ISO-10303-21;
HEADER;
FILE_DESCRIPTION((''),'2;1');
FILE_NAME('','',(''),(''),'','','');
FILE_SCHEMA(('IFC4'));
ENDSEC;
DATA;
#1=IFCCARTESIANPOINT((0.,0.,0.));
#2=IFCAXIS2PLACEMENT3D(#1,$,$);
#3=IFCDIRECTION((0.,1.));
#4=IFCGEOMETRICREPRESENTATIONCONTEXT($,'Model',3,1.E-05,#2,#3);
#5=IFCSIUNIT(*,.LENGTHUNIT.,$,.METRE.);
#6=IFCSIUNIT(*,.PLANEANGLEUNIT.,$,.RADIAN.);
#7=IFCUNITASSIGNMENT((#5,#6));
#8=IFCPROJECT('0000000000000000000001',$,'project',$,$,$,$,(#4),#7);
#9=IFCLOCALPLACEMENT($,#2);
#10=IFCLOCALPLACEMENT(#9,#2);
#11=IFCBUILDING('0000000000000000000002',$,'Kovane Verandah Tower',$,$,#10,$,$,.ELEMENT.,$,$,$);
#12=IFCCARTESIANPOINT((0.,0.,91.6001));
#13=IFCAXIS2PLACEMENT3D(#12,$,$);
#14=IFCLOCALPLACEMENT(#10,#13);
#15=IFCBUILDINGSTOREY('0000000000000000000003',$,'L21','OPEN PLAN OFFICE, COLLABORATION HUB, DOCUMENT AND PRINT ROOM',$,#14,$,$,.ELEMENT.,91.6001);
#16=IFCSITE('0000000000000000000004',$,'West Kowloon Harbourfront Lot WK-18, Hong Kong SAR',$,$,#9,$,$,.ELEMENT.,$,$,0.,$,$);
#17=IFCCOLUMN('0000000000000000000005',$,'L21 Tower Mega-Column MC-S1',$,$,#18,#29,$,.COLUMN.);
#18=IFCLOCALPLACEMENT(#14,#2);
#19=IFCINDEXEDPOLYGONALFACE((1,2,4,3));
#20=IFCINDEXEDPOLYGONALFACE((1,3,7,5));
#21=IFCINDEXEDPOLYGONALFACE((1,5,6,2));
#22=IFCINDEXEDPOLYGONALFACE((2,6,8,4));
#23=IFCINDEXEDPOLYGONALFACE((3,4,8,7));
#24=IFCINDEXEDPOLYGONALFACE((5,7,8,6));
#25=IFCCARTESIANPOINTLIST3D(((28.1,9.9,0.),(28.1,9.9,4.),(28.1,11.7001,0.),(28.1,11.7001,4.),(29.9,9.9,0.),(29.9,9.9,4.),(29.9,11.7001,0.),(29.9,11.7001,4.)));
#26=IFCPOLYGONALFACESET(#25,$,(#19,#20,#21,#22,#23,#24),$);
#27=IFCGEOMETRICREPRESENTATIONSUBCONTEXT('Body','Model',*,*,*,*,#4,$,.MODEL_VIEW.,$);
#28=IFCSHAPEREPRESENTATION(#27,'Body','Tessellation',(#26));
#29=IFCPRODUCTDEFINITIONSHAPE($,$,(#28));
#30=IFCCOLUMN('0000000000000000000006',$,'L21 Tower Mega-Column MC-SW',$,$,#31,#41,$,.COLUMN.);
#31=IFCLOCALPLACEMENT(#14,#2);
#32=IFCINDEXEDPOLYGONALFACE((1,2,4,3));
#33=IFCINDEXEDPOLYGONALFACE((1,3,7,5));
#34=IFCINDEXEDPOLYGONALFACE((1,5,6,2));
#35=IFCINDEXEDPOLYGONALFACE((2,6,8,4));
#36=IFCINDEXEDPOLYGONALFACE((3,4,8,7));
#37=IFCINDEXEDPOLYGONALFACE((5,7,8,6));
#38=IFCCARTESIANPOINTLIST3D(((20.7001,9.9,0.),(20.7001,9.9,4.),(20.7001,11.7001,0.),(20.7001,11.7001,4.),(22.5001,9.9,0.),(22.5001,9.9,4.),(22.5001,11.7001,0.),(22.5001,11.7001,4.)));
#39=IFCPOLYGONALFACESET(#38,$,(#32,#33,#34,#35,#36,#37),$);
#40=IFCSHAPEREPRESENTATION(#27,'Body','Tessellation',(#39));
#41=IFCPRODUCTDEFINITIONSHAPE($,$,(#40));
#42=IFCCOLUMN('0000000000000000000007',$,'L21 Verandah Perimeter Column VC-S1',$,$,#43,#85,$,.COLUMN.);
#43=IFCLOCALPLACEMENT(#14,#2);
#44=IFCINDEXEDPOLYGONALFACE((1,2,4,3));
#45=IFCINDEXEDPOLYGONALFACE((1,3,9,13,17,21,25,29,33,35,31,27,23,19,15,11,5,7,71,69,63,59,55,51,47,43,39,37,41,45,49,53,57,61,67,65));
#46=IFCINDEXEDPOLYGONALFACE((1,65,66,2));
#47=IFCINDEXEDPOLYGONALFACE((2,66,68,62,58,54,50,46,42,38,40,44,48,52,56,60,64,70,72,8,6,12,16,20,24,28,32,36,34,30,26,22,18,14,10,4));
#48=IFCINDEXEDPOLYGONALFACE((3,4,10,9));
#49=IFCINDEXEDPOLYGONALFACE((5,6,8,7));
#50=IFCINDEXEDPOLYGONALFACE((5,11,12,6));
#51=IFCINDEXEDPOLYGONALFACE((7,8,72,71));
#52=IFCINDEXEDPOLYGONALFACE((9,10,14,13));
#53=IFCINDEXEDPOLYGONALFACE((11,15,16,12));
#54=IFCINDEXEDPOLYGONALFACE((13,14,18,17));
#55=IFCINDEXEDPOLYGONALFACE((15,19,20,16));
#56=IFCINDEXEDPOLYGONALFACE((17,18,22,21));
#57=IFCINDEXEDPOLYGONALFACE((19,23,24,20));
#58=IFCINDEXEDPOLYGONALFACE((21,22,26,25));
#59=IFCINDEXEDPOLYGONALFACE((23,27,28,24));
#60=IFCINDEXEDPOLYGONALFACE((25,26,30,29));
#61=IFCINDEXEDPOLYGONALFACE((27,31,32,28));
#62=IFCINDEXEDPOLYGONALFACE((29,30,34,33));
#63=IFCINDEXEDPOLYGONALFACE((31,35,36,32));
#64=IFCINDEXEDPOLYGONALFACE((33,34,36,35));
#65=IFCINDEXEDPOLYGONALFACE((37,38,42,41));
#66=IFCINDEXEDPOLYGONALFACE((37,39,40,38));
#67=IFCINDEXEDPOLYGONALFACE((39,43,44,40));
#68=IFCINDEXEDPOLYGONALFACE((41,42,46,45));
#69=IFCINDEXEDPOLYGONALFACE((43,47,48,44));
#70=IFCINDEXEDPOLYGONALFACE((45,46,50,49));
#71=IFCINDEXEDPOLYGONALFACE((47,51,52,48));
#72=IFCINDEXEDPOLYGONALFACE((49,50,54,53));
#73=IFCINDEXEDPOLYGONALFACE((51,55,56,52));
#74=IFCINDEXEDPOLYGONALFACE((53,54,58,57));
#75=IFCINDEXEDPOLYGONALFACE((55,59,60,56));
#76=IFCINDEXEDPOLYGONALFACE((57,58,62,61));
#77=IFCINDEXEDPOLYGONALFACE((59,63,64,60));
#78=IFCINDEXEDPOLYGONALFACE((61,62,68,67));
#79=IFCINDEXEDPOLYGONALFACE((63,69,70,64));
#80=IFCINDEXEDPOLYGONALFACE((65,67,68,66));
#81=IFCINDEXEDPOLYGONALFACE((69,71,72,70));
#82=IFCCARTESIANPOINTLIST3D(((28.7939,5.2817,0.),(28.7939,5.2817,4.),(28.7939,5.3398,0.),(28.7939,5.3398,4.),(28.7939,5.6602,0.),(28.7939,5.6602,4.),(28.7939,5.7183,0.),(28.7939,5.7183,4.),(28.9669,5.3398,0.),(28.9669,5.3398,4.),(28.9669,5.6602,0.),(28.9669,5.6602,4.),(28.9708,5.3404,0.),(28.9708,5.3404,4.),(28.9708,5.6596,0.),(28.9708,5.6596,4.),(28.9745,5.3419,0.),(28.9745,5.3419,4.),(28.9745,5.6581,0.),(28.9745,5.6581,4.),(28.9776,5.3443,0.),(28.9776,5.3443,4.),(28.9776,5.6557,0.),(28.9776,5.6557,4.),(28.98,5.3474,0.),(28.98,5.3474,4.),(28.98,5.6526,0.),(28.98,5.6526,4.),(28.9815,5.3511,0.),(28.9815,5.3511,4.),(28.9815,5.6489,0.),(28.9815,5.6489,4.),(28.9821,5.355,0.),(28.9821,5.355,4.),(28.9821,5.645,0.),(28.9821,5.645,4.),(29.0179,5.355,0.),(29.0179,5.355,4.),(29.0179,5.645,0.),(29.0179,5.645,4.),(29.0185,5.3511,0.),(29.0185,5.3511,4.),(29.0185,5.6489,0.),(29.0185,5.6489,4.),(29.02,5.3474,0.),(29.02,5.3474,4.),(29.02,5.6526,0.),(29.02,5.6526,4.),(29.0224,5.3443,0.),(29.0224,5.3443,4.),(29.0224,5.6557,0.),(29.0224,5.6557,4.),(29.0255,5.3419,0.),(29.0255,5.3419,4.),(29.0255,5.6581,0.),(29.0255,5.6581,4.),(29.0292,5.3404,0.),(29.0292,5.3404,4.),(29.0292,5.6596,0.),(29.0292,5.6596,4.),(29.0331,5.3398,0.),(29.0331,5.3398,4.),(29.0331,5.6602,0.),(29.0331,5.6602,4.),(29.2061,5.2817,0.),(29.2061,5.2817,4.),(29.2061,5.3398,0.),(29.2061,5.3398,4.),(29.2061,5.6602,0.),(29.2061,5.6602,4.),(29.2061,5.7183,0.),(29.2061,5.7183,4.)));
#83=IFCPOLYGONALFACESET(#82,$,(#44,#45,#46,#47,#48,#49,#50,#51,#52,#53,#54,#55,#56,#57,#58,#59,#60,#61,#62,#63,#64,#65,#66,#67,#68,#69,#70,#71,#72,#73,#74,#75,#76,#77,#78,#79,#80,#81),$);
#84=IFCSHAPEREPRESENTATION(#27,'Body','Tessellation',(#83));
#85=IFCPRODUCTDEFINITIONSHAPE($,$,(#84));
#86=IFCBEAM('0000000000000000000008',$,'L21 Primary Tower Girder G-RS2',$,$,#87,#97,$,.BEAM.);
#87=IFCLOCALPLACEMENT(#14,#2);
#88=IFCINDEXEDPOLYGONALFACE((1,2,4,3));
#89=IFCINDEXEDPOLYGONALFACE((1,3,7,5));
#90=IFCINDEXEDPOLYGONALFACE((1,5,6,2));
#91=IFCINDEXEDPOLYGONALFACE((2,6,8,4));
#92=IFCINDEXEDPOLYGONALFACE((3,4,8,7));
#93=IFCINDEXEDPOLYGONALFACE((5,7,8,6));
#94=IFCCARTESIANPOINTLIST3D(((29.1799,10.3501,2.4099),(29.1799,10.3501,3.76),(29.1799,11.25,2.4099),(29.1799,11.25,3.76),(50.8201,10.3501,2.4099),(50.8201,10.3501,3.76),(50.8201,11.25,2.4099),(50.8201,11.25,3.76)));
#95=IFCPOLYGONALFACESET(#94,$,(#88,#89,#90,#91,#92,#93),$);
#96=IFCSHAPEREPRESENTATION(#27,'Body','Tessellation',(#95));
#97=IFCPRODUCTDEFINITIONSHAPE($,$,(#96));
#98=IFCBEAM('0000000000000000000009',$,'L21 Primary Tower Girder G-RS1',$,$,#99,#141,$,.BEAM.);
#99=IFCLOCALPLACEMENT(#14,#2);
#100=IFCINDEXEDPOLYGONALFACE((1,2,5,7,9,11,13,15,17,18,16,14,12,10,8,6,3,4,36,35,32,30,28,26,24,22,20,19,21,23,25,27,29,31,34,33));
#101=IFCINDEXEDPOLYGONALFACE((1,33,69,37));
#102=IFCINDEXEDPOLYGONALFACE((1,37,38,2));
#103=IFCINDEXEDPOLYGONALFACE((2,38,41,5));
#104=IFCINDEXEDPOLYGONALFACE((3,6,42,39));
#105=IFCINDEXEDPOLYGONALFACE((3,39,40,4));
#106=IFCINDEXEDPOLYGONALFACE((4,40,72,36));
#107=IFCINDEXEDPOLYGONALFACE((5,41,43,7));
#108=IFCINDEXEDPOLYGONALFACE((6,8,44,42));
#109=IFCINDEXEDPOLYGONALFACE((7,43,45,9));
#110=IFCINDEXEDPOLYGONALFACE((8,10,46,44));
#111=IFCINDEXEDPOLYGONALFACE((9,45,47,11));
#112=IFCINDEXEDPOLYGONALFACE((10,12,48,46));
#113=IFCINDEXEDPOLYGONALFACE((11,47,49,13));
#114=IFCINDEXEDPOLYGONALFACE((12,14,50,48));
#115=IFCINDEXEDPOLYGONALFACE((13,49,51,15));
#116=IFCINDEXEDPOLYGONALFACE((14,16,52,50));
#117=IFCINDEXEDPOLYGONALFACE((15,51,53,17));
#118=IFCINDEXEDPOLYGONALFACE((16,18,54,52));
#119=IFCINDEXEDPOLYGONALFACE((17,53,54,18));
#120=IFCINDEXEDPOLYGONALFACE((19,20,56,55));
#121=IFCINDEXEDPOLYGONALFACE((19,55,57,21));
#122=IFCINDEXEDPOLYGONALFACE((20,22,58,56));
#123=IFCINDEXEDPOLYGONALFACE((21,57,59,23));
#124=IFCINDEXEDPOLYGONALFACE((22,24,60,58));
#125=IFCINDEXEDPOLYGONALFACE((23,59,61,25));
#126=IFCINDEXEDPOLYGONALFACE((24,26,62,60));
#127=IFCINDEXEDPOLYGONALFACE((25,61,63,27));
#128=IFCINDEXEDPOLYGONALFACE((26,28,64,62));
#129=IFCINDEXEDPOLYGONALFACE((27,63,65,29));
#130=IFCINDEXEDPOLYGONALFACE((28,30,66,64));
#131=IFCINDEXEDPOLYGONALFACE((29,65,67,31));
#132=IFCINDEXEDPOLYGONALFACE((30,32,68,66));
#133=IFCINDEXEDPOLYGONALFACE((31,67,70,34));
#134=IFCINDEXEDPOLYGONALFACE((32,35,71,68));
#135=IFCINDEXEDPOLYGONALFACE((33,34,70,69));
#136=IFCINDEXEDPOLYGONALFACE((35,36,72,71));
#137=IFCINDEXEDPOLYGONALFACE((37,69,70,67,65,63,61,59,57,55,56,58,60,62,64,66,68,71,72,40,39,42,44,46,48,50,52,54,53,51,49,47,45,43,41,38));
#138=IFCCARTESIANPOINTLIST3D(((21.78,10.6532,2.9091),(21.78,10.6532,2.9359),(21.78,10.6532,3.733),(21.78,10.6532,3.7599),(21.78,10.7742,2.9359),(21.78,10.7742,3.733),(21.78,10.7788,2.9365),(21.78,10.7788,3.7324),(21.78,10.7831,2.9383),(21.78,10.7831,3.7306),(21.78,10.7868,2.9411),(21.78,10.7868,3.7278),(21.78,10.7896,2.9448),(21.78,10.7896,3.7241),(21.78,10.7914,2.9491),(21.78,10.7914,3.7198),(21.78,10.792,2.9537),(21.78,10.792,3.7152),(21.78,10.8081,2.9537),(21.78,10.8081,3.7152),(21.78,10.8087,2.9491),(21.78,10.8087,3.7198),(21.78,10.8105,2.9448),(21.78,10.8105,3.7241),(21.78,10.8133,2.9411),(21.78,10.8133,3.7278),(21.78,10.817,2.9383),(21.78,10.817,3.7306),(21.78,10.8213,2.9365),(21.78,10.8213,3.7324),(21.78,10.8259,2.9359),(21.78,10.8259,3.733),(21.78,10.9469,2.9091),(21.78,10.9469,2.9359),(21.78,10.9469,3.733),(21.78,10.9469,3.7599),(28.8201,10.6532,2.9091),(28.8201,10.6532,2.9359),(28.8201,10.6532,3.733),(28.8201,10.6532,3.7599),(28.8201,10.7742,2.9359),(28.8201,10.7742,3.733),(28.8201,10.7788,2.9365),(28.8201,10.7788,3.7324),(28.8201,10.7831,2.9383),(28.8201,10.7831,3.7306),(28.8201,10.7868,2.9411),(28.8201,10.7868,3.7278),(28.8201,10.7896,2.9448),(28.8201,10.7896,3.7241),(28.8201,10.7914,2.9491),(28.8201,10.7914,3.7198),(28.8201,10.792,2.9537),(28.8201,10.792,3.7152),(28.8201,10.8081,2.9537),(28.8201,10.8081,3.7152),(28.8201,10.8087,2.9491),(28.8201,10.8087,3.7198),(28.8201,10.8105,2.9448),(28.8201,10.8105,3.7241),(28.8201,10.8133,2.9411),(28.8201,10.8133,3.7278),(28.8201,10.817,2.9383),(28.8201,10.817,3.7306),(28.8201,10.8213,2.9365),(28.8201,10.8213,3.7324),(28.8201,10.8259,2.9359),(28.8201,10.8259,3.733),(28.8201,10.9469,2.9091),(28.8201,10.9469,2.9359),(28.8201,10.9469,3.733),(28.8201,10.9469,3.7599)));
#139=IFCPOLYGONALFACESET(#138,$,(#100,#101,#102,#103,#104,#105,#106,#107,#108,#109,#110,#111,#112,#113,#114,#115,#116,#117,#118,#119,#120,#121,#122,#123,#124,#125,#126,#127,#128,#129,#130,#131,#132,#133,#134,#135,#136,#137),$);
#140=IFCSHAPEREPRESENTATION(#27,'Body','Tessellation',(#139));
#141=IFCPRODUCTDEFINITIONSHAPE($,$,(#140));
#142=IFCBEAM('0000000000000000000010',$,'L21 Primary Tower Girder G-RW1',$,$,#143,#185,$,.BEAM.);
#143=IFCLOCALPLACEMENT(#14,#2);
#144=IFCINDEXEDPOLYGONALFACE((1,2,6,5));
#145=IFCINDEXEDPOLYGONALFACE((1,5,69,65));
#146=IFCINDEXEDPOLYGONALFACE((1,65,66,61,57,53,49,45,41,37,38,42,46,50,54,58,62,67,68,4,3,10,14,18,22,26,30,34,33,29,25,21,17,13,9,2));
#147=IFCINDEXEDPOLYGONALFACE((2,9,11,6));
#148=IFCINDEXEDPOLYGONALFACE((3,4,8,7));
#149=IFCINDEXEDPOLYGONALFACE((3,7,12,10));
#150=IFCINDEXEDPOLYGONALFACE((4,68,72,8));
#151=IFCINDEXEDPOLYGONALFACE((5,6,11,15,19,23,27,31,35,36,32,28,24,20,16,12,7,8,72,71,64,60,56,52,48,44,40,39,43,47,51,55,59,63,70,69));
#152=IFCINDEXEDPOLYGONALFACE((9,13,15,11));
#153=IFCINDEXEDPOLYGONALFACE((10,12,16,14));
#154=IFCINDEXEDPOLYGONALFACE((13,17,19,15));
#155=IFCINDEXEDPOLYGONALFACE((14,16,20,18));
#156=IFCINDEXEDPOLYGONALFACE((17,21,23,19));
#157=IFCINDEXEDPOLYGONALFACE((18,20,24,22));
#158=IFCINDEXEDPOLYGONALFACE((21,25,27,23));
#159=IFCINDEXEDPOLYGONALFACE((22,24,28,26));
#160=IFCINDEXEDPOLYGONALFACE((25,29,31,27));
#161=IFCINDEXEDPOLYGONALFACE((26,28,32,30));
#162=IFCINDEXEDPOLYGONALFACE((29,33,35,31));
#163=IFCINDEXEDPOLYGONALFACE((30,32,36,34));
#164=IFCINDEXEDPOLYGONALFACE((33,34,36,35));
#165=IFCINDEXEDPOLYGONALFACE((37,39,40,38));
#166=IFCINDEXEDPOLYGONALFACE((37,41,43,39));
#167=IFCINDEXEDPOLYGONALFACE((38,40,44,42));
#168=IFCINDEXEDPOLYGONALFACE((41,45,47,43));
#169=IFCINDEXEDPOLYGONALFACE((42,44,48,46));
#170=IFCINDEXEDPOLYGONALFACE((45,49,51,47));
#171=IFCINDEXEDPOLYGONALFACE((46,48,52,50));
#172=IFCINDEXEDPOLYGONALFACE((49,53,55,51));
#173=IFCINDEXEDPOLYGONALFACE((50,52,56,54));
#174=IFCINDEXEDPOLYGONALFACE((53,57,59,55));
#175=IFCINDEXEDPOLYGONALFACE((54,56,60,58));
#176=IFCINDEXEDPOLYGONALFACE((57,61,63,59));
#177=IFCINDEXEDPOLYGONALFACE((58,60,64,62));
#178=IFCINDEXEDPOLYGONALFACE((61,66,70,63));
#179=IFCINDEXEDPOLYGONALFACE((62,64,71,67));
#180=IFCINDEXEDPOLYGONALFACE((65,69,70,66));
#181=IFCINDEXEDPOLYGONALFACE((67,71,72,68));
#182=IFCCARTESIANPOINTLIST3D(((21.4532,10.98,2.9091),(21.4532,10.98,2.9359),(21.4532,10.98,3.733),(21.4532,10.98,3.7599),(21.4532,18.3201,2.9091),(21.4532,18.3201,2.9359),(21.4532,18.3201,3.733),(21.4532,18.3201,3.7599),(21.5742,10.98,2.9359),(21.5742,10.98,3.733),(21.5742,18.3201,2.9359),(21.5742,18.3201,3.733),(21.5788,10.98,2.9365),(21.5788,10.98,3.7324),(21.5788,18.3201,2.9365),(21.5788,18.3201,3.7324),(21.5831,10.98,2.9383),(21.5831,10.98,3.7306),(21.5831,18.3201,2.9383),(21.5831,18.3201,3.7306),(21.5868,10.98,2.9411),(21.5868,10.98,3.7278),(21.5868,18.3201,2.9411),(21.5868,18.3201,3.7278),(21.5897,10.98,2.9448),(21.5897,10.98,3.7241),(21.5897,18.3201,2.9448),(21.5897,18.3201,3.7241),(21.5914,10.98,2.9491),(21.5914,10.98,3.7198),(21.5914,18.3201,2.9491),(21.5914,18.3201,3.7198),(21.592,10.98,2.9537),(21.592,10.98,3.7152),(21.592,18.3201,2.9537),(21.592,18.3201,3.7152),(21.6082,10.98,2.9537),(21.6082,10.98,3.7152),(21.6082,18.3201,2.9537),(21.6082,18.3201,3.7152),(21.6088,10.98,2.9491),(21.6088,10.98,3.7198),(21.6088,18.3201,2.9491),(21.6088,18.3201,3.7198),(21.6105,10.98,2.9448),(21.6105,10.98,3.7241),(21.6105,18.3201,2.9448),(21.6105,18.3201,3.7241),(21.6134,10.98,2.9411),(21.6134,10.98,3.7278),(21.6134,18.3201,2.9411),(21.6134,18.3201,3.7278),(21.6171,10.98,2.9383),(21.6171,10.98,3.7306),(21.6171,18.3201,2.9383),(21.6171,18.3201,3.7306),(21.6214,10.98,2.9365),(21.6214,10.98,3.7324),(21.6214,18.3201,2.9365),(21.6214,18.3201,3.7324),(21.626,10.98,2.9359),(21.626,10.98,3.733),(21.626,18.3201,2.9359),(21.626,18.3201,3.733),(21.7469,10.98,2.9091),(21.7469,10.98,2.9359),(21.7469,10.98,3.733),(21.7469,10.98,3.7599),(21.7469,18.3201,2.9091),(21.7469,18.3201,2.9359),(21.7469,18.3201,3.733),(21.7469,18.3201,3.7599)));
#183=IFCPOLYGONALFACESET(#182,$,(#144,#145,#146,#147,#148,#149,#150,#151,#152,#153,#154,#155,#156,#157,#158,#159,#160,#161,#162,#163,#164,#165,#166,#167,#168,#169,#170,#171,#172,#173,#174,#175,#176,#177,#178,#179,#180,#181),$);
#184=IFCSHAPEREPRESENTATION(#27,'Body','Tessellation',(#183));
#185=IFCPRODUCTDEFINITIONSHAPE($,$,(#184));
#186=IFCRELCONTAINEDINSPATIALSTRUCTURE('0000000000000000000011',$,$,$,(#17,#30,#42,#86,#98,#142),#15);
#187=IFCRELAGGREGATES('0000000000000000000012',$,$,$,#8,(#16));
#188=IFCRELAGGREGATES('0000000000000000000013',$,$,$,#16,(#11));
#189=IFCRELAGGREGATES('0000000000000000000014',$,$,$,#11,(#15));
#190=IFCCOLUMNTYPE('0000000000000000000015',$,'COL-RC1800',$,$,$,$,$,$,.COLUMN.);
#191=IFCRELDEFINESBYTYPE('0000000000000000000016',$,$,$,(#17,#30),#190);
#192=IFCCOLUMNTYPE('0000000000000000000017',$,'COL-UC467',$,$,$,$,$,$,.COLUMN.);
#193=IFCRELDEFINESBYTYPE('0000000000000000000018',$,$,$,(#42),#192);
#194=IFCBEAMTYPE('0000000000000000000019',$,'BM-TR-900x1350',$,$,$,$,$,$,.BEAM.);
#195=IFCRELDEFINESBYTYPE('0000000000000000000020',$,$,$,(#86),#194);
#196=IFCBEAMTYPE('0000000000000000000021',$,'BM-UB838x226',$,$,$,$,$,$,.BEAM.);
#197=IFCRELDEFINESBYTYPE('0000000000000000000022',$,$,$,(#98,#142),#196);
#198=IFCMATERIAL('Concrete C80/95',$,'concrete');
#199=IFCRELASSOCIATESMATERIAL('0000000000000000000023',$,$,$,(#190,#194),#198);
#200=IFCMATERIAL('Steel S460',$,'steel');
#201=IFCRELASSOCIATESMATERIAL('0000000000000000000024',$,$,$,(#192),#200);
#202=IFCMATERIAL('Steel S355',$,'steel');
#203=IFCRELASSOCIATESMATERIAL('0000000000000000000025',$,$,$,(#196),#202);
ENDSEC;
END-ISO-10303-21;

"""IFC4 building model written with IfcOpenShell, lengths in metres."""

from ifc_helpers import new_model, si_unit, direction, frame, origin, origin_2d, place, context, subcontext, project, spatial, rectangle, i_section, extrude, material, material_profile, profile_set, type_object, element, save


model = new_model("IFC4")

# Units and contexts
model_context = context("Model", 3, precision=1e-05, world=origin(), true_north=direction((0.0, 1.0)))
body_context = subcontext(model_context, "Body", "Model", "MODEL_VIEW")
ifc_project = project(units=[si_unit("LENGTHUNIT", "METRE"), si_unit("PLANEANGLEUNIT", "RADIAN")], contexts=[model_context])

# Site, building, storey
site_placement = place(None, origin())
site = spatial("IfcSite", under=ifc_project, at=site_placement, Name="West Kowloon Harbourfront Lot WK-18, Hong Kong SAR", CompositionType="ELEMENT", RefElevation=0.0)
building_placement = place(site_placement, origin())
building = spatial("IfcBuilding", under=site, at=building_placement, Name="Kovane Verandah Tower", CompositionType="ELEMENT")
storey_placement = place(building_placement, frame((0.0, 0.0, 91.6001)))
storey = spatial("IfcBuildingStorey", under=building, at=storey_placement, Name="L21", Description="OPEN PLAN OFFICE, COLLABORATION HUB, DOCUMENT AND PRINT ROOM", CompositionType="ELEMENT", Elevation=91.6001)

# Columns
ifc_material_1 = material(Name="Concrete C80/95", Category="concrete")
ifc_material_profile_1 = material_profile(ifc_material_1, rectangle(XDim=1.8, YDim=1.8, at=origin_2d()), Name="RC1800x1800")
ifc_profile_set_1 = profile_set([ifc_material_profile_1], Name="Concrete C80/95")
column_type_1 = type_object("IfcColumnType", Name="COL-RC1800", PredefinedType="COLUMN", material=ifc_profile_set_1)
for number, where, z_axis, x_axis, name in (
    (1, (29.0, 10.8, 0.0), (0.0, 0.0, 1.0), (1.0, 0.0, 0.0), "L21 Tower Mega-Column MC-S1"),
    (2, (21.6001, 10.8, 0.0), (0.0, 0.0, 1.0), (1.0, 0.0, 0.0), "L21 Tower Mega-Column MC-SW"),
):
    element("IfcColumn", number, at=place(storey_placement, frame(where, z_axis=z_axis, x_axis=x_axis)), inside=storey, type_object=column_type_1, Name=name, PredefinedType="COLUMN", context=body_context, shape_type="SweptSolid", body=[
        extrude(rectangle(XDim=1.8, YDim=1.8, at=origin_2d()), origin(), (0.0, 0.0, 1.0), 4.0),
    ])
ifc_material_2 = material(Name="Steel S460", Category="steel")
ifc_material_profile_2 = material_profile(ifc_material_2, i_section(OverallWidth=0.4121, OverallDepth=0.4365, WebThickness=0.0359, FlangeThickness=0.0581, FilletRadius=0.0151, at=origin_2d()), Name="UC356x406x467")
ifc_profile_set_2 = profile_set([ifc_material_profile_2], Name="Steel S460")
column_type_2 = type_object("IfcColumnType", Name="COL-UC467", PredefinedType="COLUMN", material=ifc_profile_set_2)
column_placement = place(storey_placement, frame((29.0, 5.5, 0.0), z_axis=(0.0, 0.0, 1.0), x_axis=(1.0, 0.0, 0.0)))
element("IfcColumn", 3, at=column_placement, inside=storey, type_object=column_type_2, Name="L21 Verandah Perimeter Column VC-S1", PredefinedType="COLUMN", context=body_context, shape_type="SweptSolid", body=[
    extrude(i_section(OverallWidth=0.4121, OverallDepth=0.4365, WebThickness=0.0359, FlangeThickness=0.0581, FilletRadius=0.0151, at=origin_2d()), origin(), (0.0, 0.0, 1.0), 4.0),
])

# Beams
ifc_material_profile_3 = material_profile(ifc_material_1, rectangle(XDim=0.8999, YDim=1.3501, at=origin_2d()), Name="RCB900x1350")
ifc_profile_set_3 = profile_set([ifc_material_profile_3], Name="Concrete C80/95")
beam_type_1 = type_object("IfcBeamType", Name="BM-TR-900x1350", PredefinedType="BEAM", material=ifc_profile_set_3)
beam_1_placement = place(storey_placement, frame((29.1799, 10.8, 3.085), z_axis=(1.0, 0.0, 0.0), x_axis=(0.0, 1.0, 0.0)))
element("IfcBeam", 4, at=beam_1_placement, inside=storey, type_object=beam_type_1, Name="L21 Primary Tower Girder G-RS2", PredefinedType="BEAM", context=body_context, shape_type="SweptSolid", body=[
    extrude(rectangle(XDim=0.8999, YDim=1.3501, at=origin_2d()), origin(), (0.0, 0.0, 1.0), 21.6401),
])
ifc_material_3 = material(Name="Steel S355", Category="steel")
ifc_material_profile_4 = material_profile(ifc_material_3, i_section(OverallWidth=0.2937, OverallDepth=0.8508, WebThickness=0.0161, FlangeThickness=0.0269, FilletRadius=0.0178, at=origin_2d()), Name="UB838x292x226")
ifc_profile_set_4 = profile_set([ifc_material_profile_4], Name="Steel S355")
beam_type_2 = type_object("IfcBeamType", Name="BM-UB838x226", PredefinedType="BEAM", material=ifc_profile_set_4)
beam_2_placement = place(storey_placement, frame((21.78, 10.8, 3.3345), z_axis=(1.0, 0.0, 0.0), x_axis=(0.0, 1.0, 0.0)))
element("IfcBeam", 5, at=beam_2_placement, inside=storey, type_object=beam_type_2, Name="L21 Primary Tower Girder G-RS1", PredefinedType="BEAM", context=body_context, shape_type="SweptSolid", body=[
    extrude(i_section(OverallWidth=0.2937, OverallDepth=0.8508, WebThickness=0.0161, FlangeThickness=0.0269, FilletRadius=0.0178, at=origin_2d()), origin(), (0.0, 0.0, 1.0), 7.04),
])
beam_3_placement = place(storey_placement, frame((21.6001, 10.98, 3.3345), z_axis=(0.0, 1.0, 0.0), x_axis=(-1.0, 0.0, 0.0)))
element("IfcBeam", 6, at=beam_3_placement, inside=storey, type_object=beam_type_2, Name="L21 Primary Tower Girder G-RW1", PredefinedType="BEAM", context=body_context, shape_type="SweptSolid", body=[
    extrude(i_section(OverallWidth=0.2937, OverallDepth=0.8508, WebThickness=0.0161, FlangeThickness=0.0269, FilletRadius=0.0178, at=origin_2d()), origin(), (0.0, 0.0, 1.0), 7.3401),
])

save(model, "model.ifc")
